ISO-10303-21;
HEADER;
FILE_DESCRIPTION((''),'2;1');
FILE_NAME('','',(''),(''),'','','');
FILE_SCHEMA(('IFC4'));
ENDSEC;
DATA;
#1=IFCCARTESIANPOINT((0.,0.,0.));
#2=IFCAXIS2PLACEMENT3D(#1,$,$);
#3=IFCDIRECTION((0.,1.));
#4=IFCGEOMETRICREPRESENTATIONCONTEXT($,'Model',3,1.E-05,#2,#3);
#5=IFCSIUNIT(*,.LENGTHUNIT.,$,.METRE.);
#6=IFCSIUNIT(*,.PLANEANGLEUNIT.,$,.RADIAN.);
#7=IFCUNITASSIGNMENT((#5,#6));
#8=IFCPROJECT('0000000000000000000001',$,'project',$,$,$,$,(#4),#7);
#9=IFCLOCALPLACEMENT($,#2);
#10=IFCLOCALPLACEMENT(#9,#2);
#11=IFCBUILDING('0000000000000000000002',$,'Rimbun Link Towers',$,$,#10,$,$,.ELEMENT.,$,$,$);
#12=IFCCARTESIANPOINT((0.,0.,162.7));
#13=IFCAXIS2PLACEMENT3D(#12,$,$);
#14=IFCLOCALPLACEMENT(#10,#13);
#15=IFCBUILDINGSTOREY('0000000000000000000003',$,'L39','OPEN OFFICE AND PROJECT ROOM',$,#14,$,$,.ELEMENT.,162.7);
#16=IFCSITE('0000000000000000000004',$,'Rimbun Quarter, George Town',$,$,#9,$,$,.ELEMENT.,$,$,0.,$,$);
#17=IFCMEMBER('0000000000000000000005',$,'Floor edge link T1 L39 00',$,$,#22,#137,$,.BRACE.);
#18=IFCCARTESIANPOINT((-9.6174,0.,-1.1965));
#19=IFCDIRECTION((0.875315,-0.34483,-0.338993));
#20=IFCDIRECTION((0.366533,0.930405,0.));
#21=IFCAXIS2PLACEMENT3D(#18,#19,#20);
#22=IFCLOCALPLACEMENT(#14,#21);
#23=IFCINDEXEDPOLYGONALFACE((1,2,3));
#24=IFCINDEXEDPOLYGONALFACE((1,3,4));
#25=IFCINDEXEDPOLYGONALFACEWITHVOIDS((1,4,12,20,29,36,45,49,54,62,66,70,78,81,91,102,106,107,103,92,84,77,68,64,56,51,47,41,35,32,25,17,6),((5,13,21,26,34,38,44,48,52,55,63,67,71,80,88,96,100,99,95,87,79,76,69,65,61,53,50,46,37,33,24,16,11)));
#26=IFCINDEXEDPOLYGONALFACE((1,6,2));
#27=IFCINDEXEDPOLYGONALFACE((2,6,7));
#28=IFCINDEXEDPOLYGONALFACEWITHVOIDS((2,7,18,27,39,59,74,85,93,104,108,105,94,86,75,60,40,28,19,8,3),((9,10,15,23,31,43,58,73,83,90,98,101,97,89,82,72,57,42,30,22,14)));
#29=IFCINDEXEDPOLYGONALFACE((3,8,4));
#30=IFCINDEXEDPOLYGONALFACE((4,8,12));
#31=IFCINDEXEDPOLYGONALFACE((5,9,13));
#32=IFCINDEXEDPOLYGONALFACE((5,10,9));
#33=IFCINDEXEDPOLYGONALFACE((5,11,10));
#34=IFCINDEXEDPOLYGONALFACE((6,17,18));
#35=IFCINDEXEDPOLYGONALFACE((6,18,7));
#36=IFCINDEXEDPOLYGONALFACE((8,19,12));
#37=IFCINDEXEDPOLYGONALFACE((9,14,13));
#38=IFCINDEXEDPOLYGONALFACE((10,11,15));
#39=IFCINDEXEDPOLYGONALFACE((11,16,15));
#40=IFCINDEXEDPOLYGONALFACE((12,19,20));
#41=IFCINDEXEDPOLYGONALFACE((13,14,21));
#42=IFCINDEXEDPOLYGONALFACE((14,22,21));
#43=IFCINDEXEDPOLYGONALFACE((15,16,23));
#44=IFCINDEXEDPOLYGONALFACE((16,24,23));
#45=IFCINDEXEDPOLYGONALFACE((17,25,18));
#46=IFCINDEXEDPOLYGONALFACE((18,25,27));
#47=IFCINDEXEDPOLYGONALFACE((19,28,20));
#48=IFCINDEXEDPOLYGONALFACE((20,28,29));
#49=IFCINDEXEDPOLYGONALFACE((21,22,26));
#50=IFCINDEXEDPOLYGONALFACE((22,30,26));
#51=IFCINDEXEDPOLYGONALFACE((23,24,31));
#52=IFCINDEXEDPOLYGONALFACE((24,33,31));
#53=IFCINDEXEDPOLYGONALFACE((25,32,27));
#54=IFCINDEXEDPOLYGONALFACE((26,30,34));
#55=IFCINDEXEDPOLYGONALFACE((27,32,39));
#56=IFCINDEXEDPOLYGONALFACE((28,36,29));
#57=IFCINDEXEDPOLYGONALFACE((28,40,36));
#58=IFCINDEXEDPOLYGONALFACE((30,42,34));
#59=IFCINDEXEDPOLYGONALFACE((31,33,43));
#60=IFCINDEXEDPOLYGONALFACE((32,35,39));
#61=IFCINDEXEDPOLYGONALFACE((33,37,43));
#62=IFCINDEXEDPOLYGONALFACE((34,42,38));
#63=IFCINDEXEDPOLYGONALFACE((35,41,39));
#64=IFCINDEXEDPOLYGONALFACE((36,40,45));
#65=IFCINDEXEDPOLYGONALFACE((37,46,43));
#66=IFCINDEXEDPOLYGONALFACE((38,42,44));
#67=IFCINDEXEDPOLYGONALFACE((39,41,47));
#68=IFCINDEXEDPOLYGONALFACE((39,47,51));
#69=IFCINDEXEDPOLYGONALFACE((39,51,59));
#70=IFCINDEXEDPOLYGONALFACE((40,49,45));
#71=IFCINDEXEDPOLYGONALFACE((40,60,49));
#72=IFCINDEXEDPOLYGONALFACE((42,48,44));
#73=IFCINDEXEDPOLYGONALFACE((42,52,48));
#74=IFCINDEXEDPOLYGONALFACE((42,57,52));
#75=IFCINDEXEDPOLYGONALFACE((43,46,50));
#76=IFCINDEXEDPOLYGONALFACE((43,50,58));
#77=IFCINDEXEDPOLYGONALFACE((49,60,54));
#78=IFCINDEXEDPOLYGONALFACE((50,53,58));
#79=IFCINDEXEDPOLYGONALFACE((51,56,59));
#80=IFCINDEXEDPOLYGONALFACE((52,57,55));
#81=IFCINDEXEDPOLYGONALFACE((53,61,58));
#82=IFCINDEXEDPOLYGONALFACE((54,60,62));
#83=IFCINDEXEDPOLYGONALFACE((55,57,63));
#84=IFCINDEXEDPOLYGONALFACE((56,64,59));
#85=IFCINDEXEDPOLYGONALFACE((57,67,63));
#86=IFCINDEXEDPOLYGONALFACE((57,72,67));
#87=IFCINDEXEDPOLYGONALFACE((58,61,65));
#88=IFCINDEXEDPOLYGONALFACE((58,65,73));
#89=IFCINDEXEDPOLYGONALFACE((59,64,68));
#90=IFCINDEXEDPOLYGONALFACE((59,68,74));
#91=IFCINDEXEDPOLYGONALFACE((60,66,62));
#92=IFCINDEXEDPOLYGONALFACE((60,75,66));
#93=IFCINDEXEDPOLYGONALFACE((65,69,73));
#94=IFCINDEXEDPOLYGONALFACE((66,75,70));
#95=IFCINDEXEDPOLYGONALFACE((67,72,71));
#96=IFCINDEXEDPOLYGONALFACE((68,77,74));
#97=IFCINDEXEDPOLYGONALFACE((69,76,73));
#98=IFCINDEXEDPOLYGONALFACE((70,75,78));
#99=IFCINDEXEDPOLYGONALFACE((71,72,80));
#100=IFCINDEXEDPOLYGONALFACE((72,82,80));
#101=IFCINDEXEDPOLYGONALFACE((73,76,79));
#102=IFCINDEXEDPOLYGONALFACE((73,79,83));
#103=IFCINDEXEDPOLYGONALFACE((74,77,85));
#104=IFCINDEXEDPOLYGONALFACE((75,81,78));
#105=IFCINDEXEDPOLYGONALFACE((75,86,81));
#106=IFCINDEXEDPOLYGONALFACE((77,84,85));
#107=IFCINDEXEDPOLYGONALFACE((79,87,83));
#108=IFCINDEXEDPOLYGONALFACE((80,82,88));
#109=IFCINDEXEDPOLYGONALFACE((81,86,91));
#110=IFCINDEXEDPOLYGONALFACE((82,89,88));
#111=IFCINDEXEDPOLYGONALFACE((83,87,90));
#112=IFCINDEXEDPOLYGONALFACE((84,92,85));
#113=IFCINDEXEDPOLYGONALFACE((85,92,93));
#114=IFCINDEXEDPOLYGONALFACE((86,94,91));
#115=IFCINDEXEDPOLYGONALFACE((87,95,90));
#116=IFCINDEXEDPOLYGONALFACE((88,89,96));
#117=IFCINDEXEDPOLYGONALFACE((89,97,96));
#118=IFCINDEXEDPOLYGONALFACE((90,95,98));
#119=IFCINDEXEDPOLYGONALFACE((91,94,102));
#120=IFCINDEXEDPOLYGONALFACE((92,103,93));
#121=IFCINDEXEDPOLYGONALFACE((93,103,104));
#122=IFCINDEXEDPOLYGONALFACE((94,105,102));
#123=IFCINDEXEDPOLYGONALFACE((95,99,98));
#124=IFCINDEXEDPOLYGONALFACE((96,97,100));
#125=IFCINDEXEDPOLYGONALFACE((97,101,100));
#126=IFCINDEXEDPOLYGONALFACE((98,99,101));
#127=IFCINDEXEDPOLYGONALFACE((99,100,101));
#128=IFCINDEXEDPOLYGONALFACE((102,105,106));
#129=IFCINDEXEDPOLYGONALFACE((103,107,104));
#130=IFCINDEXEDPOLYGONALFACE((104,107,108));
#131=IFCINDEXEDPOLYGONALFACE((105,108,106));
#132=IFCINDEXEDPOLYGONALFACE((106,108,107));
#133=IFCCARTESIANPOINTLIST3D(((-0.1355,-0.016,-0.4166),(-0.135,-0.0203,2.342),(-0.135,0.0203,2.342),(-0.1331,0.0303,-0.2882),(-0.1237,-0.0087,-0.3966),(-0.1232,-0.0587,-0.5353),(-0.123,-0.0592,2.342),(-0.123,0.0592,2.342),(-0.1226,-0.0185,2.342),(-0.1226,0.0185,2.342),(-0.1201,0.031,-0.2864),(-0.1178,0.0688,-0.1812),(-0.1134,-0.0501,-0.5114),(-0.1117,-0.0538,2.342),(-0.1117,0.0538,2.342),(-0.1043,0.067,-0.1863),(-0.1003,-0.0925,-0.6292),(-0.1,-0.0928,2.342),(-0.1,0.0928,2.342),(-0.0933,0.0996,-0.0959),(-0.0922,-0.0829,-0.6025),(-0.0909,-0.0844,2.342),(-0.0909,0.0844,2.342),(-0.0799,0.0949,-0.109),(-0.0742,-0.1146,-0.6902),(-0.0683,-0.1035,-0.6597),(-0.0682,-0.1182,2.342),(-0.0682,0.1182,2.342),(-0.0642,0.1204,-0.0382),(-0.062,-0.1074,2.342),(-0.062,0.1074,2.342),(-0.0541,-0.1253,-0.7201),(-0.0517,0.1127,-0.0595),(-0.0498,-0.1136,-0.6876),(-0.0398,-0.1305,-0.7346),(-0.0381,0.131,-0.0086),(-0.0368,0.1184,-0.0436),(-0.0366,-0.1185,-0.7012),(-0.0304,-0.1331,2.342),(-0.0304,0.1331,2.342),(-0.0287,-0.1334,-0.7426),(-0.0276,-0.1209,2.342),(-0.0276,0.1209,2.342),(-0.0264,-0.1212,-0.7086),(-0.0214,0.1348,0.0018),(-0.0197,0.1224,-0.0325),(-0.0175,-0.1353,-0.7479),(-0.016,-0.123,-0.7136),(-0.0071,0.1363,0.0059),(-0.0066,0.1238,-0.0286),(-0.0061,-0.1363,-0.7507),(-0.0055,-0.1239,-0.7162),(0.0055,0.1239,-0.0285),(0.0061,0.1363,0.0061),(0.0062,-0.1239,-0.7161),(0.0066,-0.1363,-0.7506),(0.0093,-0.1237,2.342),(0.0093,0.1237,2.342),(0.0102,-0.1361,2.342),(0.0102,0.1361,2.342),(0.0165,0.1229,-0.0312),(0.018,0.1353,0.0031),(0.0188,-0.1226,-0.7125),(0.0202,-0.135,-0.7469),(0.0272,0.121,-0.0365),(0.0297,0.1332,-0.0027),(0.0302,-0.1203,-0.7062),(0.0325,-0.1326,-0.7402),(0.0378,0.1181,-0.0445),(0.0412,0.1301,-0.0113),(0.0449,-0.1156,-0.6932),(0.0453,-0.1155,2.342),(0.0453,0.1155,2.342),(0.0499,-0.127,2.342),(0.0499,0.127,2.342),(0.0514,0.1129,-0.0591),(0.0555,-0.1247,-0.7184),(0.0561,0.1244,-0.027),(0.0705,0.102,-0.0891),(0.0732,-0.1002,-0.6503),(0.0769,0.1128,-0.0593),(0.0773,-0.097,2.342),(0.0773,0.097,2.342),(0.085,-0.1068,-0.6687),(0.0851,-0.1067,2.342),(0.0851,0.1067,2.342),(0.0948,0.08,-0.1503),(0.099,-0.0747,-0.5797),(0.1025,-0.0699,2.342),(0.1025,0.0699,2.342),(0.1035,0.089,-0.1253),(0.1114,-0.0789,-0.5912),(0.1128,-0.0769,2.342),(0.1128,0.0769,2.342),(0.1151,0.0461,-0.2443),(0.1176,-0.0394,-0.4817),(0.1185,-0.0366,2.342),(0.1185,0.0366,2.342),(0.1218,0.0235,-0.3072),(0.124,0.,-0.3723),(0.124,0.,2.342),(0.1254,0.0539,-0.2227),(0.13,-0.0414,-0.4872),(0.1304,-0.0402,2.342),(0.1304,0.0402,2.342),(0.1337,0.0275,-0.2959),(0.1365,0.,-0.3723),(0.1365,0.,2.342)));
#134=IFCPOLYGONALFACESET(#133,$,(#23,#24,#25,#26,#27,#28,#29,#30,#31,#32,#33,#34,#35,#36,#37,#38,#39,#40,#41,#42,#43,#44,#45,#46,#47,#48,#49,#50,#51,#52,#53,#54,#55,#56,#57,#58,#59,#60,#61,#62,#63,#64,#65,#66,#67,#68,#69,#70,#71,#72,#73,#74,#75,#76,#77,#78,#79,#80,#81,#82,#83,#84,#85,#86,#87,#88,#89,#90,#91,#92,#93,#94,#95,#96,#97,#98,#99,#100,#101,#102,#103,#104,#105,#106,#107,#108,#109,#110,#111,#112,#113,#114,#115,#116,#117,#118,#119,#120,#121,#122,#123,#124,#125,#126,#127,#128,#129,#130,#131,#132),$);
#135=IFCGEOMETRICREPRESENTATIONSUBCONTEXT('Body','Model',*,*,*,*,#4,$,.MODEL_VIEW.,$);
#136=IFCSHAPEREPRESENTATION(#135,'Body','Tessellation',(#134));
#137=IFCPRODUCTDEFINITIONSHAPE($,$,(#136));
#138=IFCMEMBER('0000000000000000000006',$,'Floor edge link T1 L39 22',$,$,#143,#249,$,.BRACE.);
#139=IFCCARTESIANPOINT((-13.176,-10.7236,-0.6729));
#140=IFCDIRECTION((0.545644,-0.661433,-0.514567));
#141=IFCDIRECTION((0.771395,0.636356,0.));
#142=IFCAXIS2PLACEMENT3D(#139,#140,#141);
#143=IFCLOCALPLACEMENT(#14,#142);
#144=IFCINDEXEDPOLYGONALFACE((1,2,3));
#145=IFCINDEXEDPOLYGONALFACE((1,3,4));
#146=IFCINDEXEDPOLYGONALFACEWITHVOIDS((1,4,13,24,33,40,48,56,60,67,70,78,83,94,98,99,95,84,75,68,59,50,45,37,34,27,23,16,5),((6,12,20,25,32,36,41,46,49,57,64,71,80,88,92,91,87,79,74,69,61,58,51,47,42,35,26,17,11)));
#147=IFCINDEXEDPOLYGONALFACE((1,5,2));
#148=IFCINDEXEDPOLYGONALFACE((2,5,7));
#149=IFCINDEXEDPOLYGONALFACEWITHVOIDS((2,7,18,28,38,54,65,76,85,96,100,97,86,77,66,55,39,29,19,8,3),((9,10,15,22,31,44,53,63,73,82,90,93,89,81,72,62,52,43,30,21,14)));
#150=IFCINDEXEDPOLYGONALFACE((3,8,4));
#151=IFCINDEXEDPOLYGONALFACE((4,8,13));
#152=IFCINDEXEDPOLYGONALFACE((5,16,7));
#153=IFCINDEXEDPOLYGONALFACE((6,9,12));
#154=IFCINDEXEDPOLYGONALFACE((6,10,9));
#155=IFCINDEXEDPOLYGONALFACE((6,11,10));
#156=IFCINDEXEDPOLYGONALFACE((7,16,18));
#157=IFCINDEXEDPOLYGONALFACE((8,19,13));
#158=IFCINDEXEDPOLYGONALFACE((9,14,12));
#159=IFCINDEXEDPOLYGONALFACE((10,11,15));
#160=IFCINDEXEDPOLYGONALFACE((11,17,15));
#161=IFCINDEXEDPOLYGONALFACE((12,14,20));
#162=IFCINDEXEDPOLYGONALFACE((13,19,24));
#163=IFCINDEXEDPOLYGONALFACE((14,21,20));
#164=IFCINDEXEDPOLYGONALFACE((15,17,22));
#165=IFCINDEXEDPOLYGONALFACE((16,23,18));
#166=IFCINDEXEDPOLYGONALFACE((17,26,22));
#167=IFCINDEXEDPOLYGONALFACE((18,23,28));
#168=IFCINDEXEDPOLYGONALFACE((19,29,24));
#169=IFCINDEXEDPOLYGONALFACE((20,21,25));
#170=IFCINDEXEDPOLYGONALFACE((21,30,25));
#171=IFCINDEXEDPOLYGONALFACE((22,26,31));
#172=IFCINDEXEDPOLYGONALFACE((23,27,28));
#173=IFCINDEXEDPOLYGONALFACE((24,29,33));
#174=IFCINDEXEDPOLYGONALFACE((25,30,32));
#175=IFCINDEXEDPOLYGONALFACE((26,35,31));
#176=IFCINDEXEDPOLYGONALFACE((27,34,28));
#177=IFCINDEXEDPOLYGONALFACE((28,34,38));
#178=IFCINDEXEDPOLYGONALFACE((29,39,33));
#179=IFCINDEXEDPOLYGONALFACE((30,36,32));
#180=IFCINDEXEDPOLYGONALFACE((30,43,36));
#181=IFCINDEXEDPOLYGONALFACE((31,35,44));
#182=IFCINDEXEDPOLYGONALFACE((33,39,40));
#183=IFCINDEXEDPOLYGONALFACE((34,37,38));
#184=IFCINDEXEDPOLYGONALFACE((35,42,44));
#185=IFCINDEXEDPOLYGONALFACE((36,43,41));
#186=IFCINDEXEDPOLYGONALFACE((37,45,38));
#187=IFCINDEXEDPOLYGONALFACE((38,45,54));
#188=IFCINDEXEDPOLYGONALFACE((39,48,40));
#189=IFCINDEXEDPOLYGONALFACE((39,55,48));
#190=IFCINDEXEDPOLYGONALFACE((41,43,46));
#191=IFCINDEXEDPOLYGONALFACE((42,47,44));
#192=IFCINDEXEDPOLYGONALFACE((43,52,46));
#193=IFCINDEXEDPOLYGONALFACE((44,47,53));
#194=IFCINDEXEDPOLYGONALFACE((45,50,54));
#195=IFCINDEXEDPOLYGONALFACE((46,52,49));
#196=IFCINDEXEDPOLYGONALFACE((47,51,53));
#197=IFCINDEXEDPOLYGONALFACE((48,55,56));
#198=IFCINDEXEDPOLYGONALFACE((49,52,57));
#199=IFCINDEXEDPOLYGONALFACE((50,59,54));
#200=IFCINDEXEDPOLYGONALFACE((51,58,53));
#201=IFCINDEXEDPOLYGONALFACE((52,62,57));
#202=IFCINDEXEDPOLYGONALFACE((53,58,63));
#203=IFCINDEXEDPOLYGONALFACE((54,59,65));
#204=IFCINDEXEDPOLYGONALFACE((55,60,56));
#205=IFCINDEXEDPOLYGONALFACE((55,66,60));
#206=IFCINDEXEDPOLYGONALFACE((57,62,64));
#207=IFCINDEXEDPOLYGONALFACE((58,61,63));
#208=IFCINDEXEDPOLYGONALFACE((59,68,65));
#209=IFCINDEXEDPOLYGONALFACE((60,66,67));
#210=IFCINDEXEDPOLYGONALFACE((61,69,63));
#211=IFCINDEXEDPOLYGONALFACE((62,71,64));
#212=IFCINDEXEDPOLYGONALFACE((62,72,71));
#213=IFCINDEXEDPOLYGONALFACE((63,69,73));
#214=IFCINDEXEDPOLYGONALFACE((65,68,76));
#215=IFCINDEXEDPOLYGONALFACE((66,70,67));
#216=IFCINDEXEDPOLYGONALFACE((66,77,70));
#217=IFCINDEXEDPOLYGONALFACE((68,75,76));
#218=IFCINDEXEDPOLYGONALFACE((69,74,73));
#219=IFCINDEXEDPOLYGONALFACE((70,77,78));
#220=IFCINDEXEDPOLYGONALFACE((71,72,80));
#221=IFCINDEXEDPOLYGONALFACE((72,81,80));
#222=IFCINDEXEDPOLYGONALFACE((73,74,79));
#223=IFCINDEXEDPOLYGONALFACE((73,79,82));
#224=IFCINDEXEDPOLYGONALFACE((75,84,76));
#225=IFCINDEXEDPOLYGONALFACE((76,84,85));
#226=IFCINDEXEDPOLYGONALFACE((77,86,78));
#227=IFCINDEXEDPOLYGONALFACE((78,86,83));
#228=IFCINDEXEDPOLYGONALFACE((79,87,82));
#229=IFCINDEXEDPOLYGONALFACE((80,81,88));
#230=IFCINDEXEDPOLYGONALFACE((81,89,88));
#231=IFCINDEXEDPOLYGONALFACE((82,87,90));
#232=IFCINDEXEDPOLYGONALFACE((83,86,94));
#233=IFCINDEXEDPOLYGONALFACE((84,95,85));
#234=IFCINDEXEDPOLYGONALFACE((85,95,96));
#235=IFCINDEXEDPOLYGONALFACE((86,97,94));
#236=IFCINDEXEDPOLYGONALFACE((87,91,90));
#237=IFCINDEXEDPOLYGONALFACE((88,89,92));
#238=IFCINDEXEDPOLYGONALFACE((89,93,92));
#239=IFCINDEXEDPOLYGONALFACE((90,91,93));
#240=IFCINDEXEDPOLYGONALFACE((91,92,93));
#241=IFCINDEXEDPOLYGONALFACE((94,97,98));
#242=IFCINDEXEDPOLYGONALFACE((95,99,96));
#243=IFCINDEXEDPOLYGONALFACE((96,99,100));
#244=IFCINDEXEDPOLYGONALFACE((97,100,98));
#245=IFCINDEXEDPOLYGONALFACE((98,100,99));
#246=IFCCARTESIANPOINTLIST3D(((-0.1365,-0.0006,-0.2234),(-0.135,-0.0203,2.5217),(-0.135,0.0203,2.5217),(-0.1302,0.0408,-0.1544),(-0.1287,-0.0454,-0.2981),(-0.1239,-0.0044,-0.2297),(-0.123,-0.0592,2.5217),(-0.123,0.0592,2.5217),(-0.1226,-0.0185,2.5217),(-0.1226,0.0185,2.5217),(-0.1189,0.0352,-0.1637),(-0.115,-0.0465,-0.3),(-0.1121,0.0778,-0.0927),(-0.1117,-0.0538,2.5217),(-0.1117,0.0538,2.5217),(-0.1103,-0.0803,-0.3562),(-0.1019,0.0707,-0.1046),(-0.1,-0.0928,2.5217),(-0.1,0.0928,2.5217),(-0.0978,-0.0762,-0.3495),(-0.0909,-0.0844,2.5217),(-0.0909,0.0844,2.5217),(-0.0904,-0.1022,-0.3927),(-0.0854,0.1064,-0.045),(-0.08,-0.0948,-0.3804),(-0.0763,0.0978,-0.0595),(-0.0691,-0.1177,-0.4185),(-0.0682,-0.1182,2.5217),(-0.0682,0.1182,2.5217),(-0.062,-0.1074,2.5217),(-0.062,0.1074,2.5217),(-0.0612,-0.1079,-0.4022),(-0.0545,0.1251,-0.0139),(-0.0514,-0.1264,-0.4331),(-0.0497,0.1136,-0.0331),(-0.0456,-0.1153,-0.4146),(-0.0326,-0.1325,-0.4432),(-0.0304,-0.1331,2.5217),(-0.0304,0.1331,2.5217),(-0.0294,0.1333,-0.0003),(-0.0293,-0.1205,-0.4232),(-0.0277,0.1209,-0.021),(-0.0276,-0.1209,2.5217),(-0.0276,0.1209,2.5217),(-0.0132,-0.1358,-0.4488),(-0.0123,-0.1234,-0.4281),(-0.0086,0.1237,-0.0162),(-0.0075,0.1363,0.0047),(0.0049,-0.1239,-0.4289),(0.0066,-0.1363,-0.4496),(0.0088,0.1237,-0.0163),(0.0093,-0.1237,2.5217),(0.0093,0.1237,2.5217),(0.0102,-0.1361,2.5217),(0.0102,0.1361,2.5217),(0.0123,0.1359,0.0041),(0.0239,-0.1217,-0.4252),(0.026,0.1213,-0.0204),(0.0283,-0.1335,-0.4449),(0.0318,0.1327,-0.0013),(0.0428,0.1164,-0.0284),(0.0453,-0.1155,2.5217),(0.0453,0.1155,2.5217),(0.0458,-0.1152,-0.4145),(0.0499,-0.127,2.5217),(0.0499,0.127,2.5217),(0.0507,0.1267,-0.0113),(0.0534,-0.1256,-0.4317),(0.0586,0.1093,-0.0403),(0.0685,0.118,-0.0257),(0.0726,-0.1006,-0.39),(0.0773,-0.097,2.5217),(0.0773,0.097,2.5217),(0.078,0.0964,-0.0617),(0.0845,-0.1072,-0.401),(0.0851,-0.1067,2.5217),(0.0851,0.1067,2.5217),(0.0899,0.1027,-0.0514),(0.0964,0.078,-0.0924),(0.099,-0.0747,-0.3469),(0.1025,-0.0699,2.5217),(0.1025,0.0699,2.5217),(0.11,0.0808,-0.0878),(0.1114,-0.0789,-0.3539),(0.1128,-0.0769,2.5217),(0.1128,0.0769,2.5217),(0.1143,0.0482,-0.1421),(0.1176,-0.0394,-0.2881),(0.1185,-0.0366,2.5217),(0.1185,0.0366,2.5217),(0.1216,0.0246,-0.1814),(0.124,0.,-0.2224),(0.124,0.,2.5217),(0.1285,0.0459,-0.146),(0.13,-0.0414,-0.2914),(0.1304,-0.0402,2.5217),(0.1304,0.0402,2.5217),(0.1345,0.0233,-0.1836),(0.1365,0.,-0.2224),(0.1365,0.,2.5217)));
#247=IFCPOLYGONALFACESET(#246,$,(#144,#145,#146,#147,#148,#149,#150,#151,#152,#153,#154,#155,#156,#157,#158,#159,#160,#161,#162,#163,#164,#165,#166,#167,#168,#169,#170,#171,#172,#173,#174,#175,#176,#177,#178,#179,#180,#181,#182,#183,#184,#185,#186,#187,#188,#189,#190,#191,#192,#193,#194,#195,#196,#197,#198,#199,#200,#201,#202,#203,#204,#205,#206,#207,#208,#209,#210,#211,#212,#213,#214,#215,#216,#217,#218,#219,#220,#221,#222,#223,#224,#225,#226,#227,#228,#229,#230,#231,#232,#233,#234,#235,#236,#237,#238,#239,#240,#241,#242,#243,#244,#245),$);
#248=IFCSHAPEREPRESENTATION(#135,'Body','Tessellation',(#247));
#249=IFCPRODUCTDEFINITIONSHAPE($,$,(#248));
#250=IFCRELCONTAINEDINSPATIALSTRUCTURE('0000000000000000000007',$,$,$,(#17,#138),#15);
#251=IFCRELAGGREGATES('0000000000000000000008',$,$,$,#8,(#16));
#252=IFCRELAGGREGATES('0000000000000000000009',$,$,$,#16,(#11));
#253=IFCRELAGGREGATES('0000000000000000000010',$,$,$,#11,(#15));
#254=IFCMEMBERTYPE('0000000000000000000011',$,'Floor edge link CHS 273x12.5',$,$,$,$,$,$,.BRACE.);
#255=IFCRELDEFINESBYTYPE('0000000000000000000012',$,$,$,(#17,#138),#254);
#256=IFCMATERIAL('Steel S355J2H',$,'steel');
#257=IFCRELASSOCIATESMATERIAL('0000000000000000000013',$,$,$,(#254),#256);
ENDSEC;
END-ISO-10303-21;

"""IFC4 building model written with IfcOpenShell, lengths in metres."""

from ifc_helpers import new_model, si_unit, direction, frame, origin, origin_2d, place, context, subcontext, project, spatial, hollow_circle, extrude, clip, halfspace, material, material_profile, profile_set, type_object, element, save


model = new_model("IFC4")

# Units and contexts
model_context = context("Model", 3, precision=1e-05, world=origin(), true_north=direction((0.0, 1.0)))
body_context = subcontext(model_context, "Body", "Model", "MODEL_VIEW")
ifc_project = project(units=[si_unit("LENGTHUNIT", "METRE"), si_unit("PLANEANGLEUNIT", "RADIAN")], contexts=[model_context])

# Site, building, storey
site_placement = place(None, origin())
site = spatial("IfcSite", under=ifc_project, at=site_placement, Name="Rimbun Quarter, George Town", CompositionType="ELEMENT", RefElevation=0.0)
building_placement = place(site_placement, origin())
building = spatial("IfcBuilding", under=site, at=building_placement, Name="Rimbun Link Towers", CompositionType="ELEMENT")
storey_placement = place(building_placement, frame((0.0, 0.0, 162.7)))
storey = spatial("IfcBuildingStorey", under=building, at=storey_placement, Name="L39", Description="OPEN OFFICE AND PROJECT ROOM", CompositionType="ELEMENT", Elevation=162.7)

# Members
ifc_material_1 = material(Name="Steel S355J2H", Category="steel")
ifc_material_profile_1 = material_profile(ifc_material_1, hollow_circle(Radius=0.1365, WallThickness=0.0125, at=origin_2d()), Name="CHS 273x12.5")
ifc_profile_set_1 = profile_set([ifc_material_profile_1], Name="Steel S355J2H")
member_type_1 = type_object("IfcMemberType", Name="Floor edge link CHS 273x12.5", PredefinedType="BRACE", material=ifc_profile_set_1)
member_1_placement = place(storey_placement, frame((-9.6174, 0.0, -1.1965), z_axis=(0.875315, -0.34483, -0.338993), x_axis=(0.366533, 0.930405, 0.0)))
element("IfcMember", 1, at=member_1_placement, inside=storey, type_object=member_type_1, Name="Floor edge link T1 L39 00", PredefinedType="BRACE", context=body_context, shape_type="Clipping", body=[
    clip(extrude(hollow_circle(Radius=0.1365, WallThickness=0.0125, at=origin_2d()), frame((0.0, 0.0, -0.7871)), (0.0, 0.0, 1.0), 3.1292), halfspace(frame((0.0, 0.0, -0.3723), z_axis=(0.0, 0.940789, -0.338993)), False)),
])
member_2_placement = place(storey_placement, frame((-13.176, -10.7236, -0.6729), z_axis=(0.545644, -0.661433, -0.514567), x_axis=(0.771395, 0.636356, 0.0)))
element("IfcMember", 2, at=member_2_placement, inside=storey, type_object=member_type_1, Name="Floor edge link T1 L39 22", PredefinedType="BRACE", context=body_context, shape_type="Clipping", body=[
    clip(extrude(hollow_circle(Radius=0.1365, WallThickness=0.0125, at=origin_2d()), frame((0.0, 0.0, -0.4744)), (0.0, 0.0, 1.0), 2.9961), halfspace(frame((0.0, 0.0, -0.2224), z_axis=(0.0, 0.85745, -0.514567)), False)),
])

save(model, "model.ifc")
